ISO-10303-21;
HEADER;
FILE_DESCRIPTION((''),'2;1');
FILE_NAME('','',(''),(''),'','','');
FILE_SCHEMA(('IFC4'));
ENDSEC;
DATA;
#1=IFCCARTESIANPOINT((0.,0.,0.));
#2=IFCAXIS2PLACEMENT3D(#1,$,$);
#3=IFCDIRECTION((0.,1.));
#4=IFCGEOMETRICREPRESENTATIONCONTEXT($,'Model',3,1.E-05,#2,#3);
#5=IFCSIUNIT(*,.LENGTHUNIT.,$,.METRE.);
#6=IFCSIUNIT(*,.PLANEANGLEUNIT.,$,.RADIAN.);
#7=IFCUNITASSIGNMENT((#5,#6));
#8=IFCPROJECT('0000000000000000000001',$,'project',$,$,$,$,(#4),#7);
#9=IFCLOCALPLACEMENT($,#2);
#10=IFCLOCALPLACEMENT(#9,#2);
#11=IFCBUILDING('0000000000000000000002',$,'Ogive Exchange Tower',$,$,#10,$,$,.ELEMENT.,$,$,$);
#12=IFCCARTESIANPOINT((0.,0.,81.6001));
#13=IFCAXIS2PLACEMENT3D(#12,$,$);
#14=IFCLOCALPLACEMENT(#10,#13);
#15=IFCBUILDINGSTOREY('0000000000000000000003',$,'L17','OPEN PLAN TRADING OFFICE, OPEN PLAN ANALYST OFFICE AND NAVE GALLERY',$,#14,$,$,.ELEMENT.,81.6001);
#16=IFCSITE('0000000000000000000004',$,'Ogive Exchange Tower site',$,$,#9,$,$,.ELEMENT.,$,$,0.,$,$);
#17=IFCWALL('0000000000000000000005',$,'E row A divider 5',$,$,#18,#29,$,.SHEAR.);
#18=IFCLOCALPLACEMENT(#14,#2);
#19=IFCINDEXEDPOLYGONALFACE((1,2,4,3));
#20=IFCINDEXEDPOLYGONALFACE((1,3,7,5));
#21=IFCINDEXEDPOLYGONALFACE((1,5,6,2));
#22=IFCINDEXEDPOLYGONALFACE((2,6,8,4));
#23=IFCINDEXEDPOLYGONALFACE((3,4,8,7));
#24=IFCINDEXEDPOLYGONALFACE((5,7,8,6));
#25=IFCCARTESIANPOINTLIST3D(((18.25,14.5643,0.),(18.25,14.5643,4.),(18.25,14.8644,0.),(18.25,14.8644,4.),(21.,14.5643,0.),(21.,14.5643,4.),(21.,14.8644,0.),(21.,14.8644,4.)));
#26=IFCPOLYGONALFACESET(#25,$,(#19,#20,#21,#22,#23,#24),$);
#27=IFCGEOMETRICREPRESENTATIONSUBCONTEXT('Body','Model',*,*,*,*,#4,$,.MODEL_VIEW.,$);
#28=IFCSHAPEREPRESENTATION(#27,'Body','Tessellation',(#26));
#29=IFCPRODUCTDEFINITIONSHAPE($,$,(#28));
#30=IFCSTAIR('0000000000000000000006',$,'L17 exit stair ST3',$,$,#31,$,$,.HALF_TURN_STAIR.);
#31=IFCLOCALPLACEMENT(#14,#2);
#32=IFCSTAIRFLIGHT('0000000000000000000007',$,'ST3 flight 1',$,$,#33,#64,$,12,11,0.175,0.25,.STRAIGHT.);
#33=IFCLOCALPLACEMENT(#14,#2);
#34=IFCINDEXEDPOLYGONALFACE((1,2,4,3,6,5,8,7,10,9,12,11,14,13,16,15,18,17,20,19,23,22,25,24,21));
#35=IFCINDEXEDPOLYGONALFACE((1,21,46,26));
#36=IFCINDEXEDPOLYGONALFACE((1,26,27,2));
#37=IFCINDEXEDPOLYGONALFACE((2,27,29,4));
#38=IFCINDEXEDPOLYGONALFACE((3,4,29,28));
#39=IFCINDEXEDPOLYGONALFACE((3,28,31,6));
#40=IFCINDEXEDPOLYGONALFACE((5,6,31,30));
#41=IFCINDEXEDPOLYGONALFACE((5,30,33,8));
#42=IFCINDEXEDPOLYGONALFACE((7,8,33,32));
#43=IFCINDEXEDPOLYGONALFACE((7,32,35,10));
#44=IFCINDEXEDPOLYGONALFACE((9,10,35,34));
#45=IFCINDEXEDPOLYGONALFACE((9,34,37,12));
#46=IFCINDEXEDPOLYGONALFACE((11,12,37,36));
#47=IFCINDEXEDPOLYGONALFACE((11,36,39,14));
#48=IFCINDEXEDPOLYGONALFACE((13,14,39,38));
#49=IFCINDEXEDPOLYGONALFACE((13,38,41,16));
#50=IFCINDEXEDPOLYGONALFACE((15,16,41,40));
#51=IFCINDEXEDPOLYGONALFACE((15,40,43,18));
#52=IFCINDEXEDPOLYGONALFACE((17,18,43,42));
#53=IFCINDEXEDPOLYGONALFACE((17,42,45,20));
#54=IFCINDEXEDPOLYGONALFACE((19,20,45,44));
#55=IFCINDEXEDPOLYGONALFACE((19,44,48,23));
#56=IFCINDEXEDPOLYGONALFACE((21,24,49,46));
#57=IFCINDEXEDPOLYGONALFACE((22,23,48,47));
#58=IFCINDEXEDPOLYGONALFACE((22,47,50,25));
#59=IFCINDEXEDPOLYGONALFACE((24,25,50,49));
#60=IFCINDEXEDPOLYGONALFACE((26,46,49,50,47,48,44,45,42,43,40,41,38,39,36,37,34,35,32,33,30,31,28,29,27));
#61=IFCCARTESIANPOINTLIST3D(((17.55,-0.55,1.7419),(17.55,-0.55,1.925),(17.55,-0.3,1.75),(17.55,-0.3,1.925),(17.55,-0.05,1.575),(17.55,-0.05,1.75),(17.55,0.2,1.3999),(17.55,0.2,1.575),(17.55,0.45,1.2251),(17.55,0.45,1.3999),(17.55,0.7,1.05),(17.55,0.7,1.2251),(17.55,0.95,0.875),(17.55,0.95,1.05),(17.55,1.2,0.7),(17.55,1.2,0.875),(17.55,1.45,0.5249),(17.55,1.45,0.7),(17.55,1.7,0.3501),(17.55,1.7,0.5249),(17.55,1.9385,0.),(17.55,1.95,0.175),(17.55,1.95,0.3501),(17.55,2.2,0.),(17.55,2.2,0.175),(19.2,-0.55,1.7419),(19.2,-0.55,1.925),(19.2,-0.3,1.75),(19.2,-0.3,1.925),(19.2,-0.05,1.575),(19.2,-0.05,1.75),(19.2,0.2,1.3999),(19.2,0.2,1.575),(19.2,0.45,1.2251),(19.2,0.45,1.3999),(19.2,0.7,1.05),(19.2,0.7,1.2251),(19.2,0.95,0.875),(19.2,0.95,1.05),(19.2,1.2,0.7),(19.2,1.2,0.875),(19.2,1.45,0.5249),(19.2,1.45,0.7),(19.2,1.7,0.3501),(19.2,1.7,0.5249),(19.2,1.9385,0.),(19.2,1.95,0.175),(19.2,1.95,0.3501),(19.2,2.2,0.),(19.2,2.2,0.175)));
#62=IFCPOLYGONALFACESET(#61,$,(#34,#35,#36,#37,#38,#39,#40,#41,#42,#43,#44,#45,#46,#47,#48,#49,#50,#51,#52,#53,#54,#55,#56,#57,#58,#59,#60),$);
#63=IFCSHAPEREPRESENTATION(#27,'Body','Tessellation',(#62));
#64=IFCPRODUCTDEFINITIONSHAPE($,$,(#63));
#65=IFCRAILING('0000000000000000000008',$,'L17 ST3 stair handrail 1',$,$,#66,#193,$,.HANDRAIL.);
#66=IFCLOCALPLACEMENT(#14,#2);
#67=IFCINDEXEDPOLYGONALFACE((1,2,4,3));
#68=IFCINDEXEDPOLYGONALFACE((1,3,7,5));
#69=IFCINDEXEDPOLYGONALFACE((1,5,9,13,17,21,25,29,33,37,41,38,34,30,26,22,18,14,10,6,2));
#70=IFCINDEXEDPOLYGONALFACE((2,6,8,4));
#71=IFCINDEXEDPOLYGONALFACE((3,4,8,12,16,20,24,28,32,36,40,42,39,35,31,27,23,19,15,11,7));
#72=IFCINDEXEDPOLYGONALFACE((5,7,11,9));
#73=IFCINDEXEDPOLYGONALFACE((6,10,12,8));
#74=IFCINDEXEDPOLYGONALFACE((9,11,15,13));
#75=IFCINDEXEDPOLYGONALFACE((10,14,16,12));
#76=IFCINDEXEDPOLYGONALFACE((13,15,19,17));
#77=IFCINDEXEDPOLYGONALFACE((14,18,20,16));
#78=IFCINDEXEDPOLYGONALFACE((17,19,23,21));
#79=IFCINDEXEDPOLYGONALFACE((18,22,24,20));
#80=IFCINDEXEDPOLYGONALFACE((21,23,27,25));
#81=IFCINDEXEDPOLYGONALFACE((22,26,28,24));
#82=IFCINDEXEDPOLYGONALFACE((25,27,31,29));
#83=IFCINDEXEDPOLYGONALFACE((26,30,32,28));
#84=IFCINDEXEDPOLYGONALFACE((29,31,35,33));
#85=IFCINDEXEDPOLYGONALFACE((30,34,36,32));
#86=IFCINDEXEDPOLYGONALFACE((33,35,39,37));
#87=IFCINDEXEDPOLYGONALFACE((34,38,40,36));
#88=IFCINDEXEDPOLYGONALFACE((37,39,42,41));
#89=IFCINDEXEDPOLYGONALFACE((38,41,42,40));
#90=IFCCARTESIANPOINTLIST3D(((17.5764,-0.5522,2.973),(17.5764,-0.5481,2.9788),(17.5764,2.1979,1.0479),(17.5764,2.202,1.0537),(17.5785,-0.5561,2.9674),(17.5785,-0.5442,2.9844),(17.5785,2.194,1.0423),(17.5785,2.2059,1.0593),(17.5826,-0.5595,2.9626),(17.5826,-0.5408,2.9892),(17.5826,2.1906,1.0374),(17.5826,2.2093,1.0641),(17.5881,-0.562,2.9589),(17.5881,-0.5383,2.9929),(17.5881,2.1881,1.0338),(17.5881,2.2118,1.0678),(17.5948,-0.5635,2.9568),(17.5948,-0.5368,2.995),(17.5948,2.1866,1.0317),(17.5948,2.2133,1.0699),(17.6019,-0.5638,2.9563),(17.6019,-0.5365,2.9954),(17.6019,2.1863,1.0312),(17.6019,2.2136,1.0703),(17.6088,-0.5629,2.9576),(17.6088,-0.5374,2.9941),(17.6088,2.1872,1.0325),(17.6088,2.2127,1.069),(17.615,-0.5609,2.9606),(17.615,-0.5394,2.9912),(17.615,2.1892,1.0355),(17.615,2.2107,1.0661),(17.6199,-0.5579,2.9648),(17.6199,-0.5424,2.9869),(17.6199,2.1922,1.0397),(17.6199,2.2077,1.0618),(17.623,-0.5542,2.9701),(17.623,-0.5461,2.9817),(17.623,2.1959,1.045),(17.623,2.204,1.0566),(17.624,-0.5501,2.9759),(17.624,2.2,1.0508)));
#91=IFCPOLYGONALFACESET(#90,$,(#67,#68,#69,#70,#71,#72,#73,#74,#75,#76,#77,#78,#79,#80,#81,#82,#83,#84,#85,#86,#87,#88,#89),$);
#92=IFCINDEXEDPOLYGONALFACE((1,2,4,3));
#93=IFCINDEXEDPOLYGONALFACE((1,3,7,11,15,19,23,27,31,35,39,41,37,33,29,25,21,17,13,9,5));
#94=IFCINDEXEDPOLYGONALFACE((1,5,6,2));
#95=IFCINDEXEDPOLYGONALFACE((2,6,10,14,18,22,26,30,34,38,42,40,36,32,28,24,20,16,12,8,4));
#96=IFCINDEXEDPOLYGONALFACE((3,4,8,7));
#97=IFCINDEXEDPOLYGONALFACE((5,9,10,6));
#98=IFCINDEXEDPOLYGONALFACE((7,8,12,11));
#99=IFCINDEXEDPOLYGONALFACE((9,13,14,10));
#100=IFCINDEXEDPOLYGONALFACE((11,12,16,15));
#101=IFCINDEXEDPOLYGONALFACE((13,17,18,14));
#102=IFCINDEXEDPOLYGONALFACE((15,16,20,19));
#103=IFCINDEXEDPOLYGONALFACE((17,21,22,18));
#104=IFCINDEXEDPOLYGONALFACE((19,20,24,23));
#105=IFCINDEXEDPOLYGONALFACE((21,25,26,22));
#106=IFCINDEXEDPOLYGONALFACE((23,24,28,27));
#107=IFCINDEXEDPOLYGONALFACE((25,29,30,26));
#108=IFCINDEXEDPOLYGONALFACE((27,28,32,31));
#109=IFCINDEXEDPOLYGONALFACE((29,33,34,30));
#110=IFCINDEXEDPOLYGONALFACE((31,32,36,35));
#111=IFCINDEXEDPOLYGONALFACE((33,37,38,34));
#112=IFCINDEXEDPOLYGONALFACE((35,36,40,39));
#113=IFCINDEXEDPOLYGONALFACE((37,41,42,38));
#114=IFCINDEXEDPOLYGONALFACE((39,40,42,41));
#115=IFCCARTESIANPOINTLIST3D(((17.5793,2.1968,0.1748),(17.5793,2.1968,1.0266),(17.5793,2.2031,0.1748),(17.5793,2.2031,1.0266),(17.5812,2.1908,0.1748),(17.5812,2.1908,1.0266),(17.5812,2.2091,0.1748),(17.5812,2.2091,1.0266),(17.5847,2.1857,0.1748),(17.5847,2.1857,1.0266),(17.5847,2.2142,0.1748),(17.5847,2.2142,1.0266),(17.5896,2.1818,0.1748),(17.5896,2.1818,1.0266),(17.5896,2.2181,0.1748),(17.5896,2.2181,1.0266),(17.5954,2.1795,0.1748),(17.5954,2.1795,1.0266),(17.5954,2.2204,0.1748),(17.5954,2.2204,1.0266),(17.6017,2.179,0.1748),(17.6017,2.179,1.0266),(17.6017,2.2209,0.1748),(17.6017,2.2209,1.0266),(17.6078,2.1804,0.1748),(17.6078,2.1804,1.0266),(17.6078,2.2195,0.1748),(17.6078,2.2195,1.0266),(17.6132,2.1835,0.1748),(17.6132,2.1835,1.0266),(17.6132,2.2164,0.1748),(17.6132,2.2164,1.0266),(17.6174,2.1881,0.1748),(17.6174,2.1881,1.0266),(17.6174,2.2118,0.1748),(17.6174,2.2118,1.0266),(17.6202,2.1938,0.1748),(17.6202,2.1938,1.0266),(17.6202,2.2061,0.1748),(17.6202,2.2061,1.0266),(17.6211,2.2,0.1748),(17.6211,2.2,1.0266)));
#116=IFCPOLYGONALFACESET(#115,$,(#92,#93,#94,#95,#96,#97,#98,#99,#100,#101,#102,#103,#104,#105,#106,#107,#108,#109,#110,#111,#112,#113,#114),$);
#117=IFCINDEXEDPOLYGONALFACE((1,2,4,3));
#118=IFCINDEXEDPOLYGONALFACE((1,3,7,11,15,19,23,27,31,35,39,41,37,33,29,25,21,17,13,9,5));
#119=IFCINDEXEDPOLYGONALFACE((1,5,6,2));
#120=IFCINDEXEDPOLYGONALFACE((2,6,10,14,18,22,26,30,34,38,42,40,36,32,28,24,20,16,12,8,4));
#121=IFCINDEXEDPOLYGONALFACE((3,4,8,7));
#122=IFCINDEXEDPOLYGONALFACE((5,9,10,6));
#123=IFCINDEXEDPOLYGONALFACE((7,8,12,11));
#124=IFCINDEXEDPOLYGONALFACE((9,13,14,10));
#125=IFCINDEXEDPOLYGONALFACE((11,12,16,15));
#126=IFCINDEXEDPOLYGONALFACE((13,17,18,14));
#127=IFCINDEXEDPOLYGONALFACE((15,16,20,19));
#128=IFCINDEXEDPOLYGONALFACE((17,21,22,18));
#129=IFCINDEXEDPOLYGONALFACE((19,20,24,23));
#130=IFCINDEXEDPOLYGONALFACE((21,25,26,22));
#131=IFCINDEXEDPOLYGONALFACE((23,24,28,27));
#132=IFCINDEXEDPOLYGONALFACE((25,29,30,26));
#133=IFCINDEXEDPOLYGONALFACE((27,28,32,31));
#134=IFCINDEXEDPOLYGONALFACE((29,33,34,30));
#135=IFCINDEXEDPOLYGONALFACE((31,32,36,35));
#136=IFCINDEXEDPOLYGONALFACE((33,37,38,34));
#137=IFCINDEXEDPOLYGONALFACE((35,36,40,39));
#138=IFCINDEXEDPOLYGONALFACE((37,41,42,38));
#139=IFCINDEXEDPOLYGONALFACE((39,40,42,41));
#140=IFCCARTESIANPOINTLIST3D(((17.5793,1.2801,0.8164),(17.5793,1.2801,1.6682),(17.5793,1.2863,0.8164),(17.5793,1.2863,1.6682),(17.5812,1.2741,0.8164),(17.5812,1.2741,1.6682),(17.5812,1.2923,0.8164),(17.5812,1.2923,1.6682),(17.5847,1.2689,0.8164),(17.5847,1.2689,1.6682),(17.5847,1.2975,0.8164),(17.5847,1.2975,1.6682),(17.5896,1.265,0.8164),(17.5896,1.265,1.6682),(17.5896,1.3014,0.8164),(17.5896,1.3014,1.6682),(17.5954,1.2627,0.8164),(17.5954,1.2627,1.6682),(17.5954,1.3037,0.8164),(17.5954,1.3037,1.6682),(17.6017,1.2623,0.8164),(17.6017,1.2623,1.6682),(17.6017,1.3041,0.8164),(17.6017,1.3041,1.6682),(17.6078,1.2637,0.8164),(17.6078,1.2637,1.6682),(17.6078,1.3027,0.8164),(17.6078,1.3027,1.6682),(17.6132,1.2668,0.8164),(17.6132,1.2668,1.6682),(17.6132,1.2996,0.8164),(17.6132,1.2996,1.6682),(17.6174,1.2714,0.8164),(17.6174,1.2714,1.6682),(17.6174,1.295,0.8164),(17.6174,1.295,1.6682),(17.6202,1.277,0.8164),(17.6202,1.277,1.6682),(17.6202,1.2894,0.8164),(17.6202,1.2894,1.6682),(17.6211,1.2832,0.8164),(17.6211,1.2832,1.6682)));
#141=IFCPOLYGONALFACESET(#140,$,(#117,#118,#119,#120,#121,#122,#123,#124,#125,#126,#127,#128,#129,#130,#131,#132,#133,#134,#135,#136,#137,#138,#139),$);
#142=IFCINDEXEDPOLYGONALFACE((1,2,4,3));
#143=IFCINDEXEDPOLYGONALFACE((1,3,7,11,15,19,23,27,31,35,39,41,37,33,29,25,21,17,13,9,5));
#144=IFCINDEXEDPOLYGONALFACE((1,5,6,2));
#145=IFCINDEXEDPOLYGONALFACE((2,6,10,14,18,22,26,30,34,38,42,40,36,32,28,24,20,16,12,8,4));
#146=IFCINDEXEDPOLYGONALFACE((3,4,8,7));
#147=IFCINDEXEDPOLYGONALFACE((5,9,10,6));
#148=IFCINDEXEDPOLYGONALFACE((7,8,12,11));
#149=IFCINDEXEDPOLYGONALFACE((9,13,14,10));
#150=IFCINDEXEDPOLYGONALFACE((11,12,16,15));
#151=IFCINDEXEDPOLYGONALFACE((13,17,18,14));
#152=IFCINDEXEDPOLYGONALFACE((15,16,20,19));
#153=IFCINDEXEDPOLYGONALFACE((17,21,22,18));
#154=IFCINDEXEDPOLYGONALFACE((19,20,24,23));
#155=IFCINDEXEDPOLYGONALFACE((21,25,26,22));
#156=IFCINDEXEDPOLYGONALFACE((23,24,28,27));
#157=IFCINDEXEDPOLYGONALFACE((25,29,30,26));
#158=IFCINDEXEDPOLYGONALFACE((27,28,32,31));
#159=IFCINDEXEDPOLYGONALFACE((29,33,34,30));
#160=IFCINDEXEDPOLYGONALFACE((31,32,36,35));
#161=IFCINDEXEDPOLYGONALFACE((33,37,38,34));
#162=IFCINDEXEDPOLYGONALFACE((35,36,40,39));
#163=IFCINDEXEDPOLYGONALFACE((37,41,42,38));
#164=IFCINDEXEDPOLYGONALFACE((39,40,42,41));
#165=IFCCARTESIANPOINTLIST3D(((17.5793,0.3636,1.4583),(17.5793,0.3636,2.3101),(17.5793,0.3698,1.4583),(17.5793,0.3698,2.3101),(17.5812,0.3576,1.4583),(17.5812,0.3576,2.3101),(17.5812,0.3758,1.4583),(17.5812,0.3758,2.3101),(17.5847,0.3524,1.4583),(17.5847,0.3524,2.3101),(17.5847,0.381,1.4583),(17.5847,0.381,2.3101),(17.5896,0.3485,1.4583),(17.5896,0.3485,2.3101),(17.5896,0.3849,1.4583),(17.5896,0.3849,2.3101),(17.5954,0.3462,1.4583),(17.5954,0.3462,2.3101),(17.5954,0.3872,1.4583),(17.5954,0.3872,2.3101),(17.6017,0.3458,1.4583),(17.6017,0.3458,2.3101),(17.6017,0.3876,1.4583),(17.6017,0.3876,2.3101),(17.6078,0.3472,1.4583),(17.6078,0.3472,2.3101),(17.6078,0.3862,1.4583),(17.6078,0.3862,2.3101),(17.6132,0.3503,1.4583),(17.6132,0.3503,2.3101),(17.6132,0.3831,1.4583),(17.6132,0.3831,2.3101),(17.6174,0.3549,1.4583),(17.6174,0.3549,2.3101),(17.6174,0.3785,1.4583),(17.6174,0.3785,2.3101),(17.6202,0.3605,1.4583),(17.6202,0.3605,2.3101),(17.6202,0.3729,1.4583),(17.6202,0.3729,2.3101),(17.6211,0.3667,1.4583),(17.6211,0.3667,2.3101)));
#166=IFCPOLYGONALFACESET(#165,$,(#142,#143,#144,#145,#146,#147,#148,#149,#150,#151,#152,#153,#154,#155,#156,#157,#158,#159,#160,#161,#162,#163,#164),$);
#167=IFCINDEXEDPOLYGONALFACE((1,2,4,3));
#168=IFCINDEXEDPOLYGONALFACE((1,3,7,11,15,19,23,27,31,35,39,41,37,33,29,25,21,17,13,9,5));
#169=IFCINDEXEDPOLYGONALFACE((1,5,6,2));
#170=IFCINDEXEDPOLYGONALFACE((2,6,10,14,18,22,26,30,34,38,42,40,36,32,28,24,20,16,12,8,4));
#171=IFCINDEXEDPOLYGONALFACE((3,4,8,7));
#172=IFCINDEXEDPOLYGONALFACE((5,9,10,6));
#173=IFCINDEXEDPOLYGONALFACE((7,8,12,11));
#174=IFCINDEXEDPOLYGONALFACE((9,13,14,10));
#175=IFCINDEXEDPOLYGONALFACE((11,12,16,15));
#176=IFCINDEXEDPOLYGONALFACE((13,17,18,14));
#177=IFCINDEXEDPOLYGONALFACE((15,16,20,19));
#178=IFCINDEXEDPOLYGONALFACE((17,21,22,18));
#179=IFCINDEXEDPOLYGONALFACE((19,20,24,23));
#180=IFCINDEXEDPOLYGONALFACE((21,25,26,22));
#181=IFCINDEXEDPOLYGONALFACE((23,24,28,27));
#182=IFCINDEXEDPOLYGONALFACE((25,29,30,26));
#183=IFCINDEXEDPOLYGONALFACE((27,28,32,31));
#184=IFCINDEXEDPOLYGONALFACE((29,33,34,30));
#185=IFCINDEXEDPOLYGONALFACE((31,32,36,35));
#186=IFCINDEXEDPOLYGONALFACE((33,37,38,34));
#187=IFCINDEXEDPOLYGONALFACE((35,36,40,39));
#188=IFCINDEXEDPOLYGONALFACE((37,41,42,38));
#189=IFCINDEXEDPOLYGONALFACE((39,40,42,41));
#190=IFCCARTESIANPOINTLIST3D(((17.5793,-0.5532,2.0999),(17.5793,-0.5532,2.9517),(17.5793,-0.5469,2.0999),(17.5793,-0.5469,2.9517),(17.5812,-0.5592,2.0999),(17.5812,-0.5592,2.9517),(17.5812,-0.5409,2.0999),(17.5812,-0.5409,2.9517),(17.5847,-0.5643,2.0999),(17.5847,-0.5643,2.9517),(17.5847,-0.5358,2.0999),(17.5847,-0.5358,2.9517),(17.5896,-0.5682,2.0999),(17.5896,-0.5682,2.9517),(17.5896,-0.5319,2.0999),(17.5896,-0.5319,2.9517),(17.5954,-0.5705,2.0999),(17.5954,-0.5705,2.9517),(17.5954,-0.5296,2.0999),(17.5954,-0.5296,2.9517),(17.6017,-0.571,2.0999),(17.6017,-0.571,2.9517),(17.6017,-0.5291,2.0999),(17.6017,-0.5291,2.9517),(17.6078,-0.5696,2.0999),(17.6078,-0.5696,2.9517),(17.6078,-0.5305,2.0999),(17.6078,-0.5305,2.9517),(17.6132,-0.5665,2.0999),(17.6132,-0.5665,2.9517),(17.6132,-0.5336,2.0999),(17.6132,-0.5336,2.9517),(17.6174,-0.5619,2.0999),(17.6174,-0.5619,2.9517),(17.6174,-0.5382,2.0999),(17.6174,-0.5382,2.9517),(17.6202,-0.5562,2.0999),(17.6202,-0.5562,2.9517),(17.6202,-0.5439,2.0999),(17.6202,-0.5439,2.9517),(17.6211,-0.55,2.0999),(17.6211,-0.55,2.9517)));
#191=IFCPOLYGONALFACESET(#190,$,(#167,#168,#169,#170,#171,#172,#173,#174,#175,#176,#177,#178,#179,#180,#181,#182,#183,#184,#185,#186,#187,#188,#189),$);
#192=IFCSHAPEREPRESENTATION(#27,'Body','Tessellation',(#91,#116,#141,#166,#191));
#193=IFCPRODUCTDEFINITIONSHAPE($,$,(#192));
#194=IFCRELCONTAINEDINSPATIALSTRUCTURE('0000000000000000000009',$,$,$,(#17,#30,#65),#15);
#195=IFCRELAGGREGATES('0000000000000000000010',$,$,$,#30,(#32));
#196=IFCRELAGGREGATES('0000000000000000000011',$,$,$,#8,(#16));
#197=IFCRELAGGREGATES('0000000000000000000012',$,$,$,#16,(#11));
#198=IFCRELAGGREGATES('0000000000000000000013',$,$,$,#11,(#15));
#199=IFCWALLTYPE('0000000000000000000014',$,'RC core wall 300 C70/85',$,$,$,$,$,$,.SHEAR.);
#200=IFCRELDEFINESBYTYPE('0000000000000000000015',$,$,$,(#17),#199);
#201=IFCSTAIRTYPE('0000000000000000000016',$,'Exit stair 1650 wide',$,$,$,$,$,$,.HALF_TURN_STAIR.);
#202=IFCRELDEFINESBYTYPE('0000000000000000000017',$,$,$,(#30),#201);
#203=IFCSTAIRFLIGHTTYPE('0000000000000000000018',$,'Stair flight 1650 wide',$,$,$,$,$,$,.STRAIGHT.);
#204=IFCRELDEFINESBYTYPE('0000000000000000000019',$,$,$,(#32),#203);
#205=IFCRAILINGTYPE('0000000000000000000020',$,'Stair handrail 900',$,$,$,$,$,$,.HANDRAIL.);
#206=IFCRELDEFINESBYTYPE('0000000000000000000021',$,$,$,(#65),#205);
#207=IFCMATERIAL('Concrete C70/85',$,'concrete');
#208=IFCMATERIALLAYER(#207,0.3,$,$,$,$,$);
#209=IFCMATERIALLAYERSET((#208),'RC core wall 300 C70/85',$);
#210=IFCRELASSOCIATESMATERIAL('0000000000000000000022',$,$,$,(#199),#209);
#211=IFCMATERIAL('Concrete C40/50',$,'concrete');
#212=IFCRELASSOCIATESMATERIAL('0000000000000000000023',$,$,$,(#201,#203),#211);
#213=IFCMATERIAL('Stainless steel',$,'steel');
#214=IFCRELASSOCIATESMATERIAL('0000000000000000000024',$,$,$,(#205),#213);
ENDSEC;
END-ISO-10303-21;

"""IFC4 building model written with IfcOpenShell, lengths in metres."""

from ifc_helpers import new_model, si_unit, direction, frame, frame_2d, origin, origin_2d, place, context, subcontext, project, spatial, polyline, rectangle, circle, outline, extrude, material, layer, layer_set, type_object, element, aggregate, save


model = new_model("IFC4")

# Units and contexts
model_context = context("Model", 3, precision=1e-05, world=origin(), true_north=direction((0.0, 1.0)))
body_context = subcontext(model_context, "Body", "Model", "MODEL_VIEW")
ifc_project = project(units=[si_unit("LENGTHUNIT", "METRE"), si_unit("PLANEANGLEUNIT", "RADIAN")], contexts=[model_context])

# Site, building, storey
site_placement = place(None, origin())
site = spatial("IfcSite", under=ifc_project, at=site_placement, Name="Ogive Exchange Tower site", CompositionType="ELEMENT", RefElevation=0.0)
building_placement = place(site_placement, origin())
building = spatial("IfcBuilding", under=site, at=building_placement, Name="Ogive Exchange Tower", CompositionType="ELEMENT")
storey_placement = place(building_placement, frame((0.0, 0.0, 81.6001)))
storey = spatial("IfcBuildingStorey", under=building, at=storey_placement, Name="L17", Description="OPEN PLAN TRADING OFFICE, OPEN PLAN ANALYST OFFICE AND NAVE GALLERY", CompositionType="ELEMENT", Elevation=81.6001)

# Shared definitions
ifc_material_1 = material(Name="Concrete C70/85", Category="concrete")

# Shared definitions
ifc_material_2 = material(Name="Stainless steel", Category="steel")

# Wall
ifc_layer_1 = layer(ifc_material_1, 0.3)
ifc_layer_set_1 = layer_set([ifc_layer_1], Name="RC core wall 300 C70/85")
wall_type_1 = type_object("IfcWallType", Name="RC core wall 300 C70/85", PredefinedType="SHEAR", material=ifc_layer_set_1)
for number, where, z_axis, x_axis, name in (
    (1, (18.25, 14.7144, 0.0), (0.0, 0.0, 1.0), (1.0, 0.0, 0.0), "E row A divider 5"),
):
    element("IfcWall", number, at=place(storey_placement, frame(where, z_axis=z_axis, x_axis=x_axis)), inside=storey, type_object=wall_type_1, Name=name, PredefinedType="SHEAR", context=body_context, shape_type="SweptSolid", body=[
        extrude(rectangle(XDim=2.75, YDim=0.3, at=frame_2d((1.375, 0.0))), origin(), (0.0, 0.0, 1.0), 4.0),
    ])

# Stair, stair flight
ifc_material_3 = material(Name="Concrete C40/50", Category="concrete")
stair_type = type_object("IfcStairType", Name="Exit stair 1650 wide", PredefinedType="HALF_TURN_STAIR", material=ifc_material_3)
stair_placement = place(storey_placement, origin())
stair = element("IfcStair", 2, at=stair_placement, inside=storey, type_object=stair_type, Name="L17 exit stair ST3", PredefinedType="HALF_TURN_STAIR")
stair_flight_type = type_object("IfcStairFlightType", Name="Stair flight 1650 wide", PredefinedType="STRAIGHT", material=ifc_material_3)
stair_flight_placement = place(storey_placement, frame((18.375, 2.2, 0.0), z_axis=(0.0, 0.0, 1.0), x_axis=(0.0, -1.0, 0.0)))
stair_flight = element("IfcStairFlight", 3, at=stair_flight_placement, type_object=stair_flight_type, Name="ST3 flight 1", NumberOfRisers=12, NumberOfTreads=11, PredefinedType="STRAIGHT", RiserHeight=0.175, TreadLength=0.25, context=body_context, shape_type="SweptSolid", body=[
    extrude(outline(polyline([(0.0, 0.0), (0.0, 0.175), (0.25, 0.175), (0.25, 0.3501), (0.5, 0.3501), (0.5, 0.5249), (0.75, 0.5249), (0.75, 0.7), (1.0, 0.7), (1.0, 0.875), (1.25, 0.875), (1.25, 1.05), (1.5, 1.05), (1.5, 1.2251), (1.75, 1.2251), (1.75, 1.3999), (2.0, 1.3999), (2.0, 1.575), (2.25, 1.575), (2.25, 1.75), (2.5, 1.75), (2.5, 1.925), (2.75, 1.925), (2.75, 2.1001), (2.75, 1.7419), (0.2615, 0.0), (0.0, 0.0)])), frame((0.0, 0.825, 0.0), z_axis=(0.0, -1.0, 0.0), x_axis=(1.0, 0.0, 0.0)), (0.0, 0.0, 1.0), 1.6499),
])
aggregate(stair, [stair_flight])

# Railing
railing_type = type_object("IfcRailingType", Name="Stair handrail 900", PredefinedType="HANDRAIL", material=ifc_material_2)
railing_placement = place(storey_placement, frame((17.6001, 2.2, 0.1748)))
element("IfcRailing", 4, at=railing_placement, inside=storey, type_object=railing_type, Name="L17 ST3 stair handrail 1", PredefinedType="HANDRAIL", context=body_context, shape_type="SweptSolid", body=[
    extrude(circle(Radius=0.0239, at=origin_2d()), frame((0.0, 0.0, 0.876), z_axis=(0.0, -0.819225, 0.573472), x_axis=(1.0, 0.0, 0.0)), (0.0, 0.0, 1.0), 3.3569),
    extrude(circle(Radius=0.021, at=origin_2d()), origin(), (0.0, 0.0, 1.0), 0.8518),
    extrude(circle(Radius=0.021, at=origin_2d()), frame((0.0, -0.9167, 0.6416)), (0.0, 0.0, 1.0), 0.8518),
    extrude(circle(Radius=0.021, at=origin_2d()), frame((0.0, -1.8333, 1.2834)), (0.0, 0.0, 1.0), 0.8518),
    extrude(circle(Radius=0.021, at=origin_2d()), frame((0.0, -2.75, 1.925)), (0.0, 0.0, 1.0), 0.8518),
])

save(model, "model.ifc")
